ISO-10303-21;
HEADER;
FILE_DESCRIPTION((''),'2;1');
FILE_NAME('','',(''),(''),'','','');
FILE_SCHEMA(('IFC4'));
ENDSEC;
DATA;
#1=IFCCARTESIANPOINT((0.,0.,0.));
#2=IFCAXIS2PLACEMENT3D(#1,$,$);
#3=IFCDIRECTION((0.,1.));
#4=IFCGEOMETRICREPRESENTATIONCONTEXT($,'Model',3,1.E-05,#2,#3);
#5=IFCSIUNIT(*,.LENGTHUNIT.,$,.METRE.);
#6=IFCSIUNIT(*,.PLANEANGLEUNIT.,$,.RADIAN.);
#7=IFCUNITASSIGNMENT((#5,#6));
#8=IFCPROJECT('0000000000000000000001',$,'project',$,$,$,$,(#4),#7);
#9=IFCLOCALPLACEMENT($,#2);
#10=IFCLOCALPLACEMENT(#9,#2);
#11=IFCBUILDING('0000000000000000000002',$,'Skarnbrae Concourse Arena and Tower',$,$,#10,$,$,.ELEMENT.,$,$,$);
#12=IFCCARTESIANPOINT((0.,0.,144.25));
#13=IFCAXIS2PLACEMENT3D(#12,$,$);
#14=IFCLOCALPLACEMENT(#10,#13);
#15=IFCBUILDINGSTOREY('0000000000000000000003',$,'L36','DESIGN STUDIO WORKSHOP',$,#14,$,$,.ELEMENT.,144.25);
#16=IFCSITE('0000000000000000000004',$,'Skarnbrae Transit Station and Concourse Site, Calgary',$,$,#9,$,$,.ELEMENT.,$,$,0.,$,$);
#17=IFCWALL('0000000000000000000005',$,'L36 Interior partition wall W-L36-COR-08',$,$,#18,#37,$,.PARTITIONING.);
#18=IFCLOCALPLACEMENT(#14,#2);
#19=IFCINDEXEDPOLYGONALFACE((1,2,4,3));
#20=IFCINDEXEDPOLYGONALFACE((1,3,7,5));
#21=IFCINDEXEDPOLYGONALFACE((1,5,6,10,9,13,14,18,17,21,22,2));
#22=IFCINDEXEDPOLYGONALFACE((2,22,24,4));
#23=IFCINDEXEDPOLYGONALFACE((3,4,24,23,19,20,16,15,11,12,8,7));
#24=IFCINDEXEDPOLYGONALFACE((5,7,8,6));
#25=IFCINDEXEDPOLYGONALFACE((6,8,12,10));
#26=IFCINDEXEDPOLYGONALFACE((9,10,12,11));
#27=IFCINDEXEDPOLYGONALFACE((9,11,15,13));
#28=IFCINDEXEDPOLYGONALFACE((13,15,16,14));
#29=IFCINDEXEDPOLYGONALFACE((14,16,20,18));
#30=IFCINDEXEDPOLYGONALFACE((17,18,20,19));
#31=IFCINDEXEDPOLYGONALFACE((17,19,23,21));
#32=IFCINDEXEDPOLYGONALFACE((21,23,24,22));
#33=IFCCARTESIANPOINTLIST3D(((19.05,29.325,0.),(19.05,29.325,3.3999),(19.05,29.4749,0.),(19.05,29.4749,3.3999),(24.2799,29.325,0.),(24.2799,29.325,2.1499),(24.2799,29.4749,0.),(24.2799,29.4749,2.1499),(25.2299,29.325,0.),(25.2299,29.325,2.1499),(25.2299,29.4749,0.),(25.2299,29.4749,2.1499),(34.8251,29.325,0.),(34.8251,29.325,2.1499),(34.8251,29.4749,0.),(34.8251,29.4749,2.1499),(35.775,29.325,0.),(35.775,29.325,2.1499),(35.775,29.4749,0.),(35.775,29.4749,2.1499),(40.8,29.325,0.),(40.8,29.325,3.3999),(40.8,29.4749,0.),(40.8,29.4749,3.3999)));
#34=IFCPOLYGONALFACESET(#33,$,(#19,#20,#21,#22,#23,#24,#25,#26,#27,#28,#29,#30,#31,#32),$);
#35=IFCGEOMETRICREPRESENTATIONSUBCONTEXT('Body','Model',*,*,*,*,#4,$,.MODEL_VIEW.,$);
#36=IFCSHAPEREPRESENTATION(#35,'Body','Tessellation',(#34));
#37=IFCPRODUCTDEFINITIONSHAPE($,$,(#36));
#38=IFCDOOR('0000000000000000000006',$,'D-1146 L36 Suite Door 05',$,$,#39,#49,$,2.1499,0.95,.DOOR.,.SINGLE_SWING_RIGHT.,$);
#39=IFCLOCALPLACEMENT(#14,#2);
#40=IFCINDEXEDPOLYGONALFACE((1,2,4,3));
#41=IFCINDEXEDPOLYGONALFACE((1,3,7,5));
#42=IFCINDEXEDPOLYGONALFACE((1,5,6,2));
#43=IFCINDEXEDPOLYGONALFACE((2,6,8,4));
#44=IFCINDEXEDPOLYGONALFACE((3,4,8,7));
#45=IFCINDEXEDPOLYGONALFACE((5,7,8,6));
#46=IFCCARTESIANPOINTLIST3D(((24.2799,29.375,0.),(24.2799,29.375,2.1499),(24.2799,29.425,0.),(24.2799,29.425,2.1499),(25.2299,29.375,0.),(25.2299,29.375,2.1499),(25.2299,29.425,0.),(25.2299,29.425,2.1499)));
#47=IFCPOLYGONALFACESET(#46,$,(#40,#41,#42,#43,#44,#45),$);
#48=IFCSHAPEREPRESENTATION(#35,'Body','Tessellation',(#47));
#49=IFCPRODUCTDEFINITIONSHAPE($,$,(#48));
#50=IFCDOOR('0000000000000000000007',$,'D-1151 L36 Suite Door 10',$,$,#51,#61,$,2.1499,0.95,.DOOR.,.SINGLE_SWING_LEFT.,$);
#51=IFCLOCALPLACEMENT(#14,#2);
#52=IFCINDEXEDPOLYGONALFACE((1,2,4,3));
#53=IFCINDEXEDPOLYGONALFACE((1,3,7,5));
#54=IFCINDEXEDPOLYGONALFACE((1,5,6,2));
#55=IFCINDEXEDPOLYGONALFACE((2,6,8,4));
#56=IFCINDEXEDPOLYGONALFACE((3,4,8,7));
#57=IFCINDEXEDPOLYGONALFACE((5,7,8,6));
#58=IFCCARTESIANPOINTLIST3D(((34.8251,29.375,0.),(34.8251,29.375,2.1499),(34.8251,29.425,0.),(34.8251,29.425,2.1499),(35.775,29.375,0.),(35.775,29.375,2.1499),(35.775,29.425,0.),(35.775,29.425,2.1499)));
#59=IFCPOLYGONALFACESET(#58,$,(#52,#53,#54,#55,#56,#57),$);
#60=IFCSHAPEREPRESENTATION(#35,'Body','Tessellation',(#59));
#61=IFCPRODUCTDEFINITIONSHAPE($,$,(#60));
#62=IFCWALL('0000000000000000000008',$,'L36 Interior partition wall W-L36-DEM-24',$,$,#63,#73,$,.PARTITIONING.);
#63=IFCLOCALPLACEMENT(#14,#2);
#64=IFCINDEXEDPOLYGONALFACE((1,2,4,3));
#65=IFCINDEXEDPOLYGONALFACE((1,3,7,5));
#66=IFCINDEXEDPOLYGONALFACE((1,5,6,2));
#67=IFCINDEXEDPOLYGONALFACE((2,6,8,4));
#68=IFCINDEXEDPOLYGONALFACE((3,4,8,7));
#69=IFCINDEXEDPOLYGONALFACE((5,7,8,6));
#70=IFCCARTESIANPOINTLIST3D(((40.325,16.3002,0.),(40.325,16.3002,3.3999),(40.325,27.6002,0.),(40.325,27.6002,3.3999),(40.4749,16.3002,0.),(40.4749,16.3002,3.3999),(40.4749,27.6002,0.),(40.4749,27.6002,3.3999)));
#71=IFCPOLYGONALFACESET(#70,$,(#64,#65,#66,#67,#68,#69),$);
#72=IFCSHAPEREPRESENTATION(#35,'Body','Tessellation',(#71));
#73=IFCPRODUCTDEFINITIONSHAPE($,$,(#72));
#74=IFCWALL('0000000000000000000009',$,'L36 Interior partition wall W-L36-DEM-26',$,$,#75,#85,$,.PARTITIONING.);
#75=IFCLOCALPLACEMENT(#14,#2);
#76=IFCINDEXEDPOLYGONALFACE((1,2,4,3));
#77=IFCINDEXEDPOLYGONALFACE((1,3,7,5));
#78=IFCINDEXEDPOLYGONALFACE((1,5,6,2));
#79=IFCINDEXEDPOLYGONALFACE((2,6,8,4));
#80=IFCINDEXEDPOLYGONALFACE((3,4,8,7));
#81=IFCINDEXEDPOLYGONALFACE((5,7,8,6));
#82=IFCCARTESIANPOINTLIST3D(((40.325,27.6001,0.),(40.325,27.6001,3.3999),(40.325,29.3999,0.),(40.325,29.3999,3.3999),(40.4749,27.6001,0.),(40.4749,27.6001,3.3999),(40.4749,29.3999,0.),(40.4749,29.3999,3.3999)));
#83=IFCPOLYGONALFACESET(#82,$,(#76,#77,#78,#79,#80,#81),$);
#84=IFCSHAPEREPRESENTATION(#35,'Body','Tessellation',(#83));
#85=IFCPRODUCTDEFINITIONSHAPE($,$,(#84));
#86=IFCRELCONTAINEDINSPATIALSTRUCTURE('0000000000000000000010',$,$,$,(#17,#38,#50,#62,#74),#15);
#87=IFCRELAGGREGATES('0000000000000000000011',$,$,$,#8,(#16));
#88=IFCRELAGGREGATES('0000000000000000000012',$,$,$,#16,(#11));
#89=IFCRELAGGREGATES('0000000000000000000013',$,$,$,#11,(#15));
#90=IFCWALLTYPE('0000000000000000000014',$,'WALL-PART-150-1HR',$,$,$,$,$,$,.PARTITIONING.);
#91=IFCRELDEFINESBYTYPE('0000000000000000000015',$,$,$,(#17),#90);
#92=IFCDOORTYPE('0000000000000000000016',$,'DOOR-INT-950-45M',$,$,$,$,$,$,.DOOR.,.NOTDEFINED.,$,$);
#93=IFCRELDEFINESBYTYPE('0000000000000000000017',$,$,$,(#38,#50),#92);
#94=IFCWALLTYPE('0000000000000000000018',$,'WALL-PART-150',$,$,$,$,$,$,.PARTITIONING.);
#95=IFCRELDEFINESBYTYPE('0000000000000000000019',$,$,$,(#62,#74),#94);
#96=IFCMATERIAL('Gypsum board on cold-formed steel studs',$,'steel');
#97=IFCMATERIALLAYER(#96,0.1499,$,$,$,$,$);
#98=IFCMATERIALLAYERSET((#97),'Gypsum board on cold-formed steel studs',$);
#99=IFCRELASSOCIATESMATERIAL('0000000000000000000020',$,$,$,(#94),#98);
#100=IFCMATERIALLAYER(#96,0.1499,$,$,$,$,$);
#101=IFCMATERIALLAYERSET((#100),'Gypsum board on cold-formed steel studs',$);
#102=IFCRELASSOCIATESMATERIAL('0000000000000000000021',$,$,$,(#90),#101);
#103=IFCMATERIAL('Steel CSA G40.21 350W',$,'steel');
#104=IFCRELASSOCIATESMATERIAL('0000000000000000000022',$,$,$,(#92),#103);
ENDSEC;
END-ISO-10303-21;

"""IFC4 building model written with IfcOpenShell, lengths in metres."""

from ifc_helpers import new_model, si_unit, direction, frame, frame_2d, origin, place, context, subcontext, project, spatial, rectangle, extrude, source, transform, mapped, material, layer, layer_set, type_object, element, fill, save


model = new_model("IFC4")

# Units and contexts
model_context = context("Model", 3, precision=1e-05, world=origin(), true_north=direction((0.0, 1.0)))
body_context = subcontext(model_context, "Body", "Model", "MODEL_VIEW")
ifc_project = project(units=[si_unit("LENGTHUNIT", "METRE"), si_unit("PLANEANGLEUNIT", "RADIAN")], contexts=[model_context])

# Site, building, storey
site_placement = place(None, origin())
site = spatial("IfcSite", under=ifc_project, at=site_placement, Name="Skarnbrae Transit Station and Concourse Site, Calgary", CompositionType="ELEMENT", RefElevation=0.0)
building_placement = place(site_placement, origin())
building = spatial("IfcBuilding", under=site, at=building_placement, Name="Skarnbrae Concourse Arena and Tower", CompositionType="ELEMENT")
storey_placement = place(building_placement, frame((0.0, 0.0, 144.25)))
storey = spatial("IfcBuildingStorey", under=building, at=storey_placement, Name="L36", Description="DESIGN STUDIO WORKSHOP", CompositionType="ELEMENT", Elevation=144.25)

# Shared definitions
ifc_material_1 = material(Name="Steel CSA G40.21 350W", Category="steel")

# Shared definitions
ifc_material_2 = material(Name="Gypsum board on cold-formed steel studs", Category="steel")
ifc_layer_1 = layer(ifc_material_2, 0.1499)
ifc_layer_set_1 = layer_set([ifc_layer_1], Name="Gypsum board on cold-formed steel studs")
wall_type_1 = type_object("IfcWallType", Name="WALL-PART-150", PredefinedType="PARTITIONING", material=ifc_layer_set_1)

# Shared definitions
ifc_layer_2 = layer(ifc_material_2, 0.1499)
ifc_layer_set_2 = layer_set([ifc_layer_2], Name="Gypsum board on cold-formed steel studs")
wall_type_2 = type_object("IfcWallType", Name="WALL-PART-150-1HR", PredefinedType="PARTITIONING", material=ifc_layer_set_2)
door_type = type_object("IfcDoorType", Name="DOOR-INT-950-45M", OperationType="NOTDEFINED", PredefinedType="DOOR", material=ifc_material_1)
shared_shape_1 = source(origin(), body_context, "Body", "SweptSolid", [
    extrude(rectangle(XDim=0.95, YDim=2.1499, at=frame_2d((0.4751, 1.075))), frame((0.0, 0.0249, 0.0), z_axis=(0.0, -1.0, 0.0), x_axis=(1.0, 0.0, 0.0)), (0.0, 0.0, 1.0), 0.05),
])

# Wall, openings, doors
shared_shape_2 = source(origin(), body_context, "Body", "SweptSolid", [
    extrude(rectangle(XDim=21.75, YDim=0.1499, at=frame_2d((10.875, 0.0))), origin(), (0.0, 0.0, 1.0), 3.3999),
])
wall_1_placement = place(storey_placement, frame((40.8, 29.3999, 0.0), z_axis=(0.0, 0.0, 1.0), x_axis=(-1.0, 0.0, 0.0)))
wall_1 = element("IfcWall", 1, at=wall_1_placement, inside=storey, type_object=wall_type_2, Name="L36 Interior partition wall W-L36-COR-08", PredefinedType="PARTITIONING", context=body_context, shape_type="MappedRepresentation", body=[
    mapped(shared_shape_2, transform((0.0, 0.0, 0.0))),
])
opening_1_placement = place(wall_1_placement, frame((15.5701, 0.0, 0.0)))
opening_1 = element("IfcOpeningElement", 2, at=opening_1_placement, cuts=wall_1, PredefinedType="OPENING", context=body_context, shape_type="SweptSolid", body=[
    extrude(rectangle(XDim=0.95, YDim=2.1499, at=frame_2d((0.4751, 1.075))), frame((0.0, 0.085, 0.0), z_axis=(0.0, -1.0, 0.0), x_axis=(1.0, 0.0, 0.0)), (0.0, 0.0, 1.0), 0.1699),
])
opening_2_placement = place(wall_1_placement, frame((5.0249, 0.0, 0.0)))
opening_2 = element("IfcOpeningElement", 3, at=opening_2_placement, cuts=wall_1, PredefinedType="OPENING", context=body_context, shape_type="SweptSolid", body=[
    extrude(rectangle(XDim=0.95, YDim=2.1499, at=frame_2d((0.4751, 1.075))), frame((0.0, 0.085, 0.0), z_axis=(0.0, -1.0, 0.0), x_axis=(1.0, 0.0, 0.0)), (0.0, 0.0, 1.0), 0.1699),
])
door_1_placement = place(opening_1_placement, origin())
door_1 = element("IfcDoor", 4, at=door_1_placement, inside=storey, type_object=door_type, Name="D-1146 L36 Suite Door 05", OperationType="SINGLE_SWING_RIGHT", OverallHeight=2.1499, OverallWidth=0.95, PredefinedType="DOOR", context=body_context, shape_type="MappedRepresentation", body=[
    mapped(shared_shape_1, transform((0.0, 0.0, 0.0))),
])
fill(opening_1, door_1)
door_2_placement = place(opening_2_placement, origin())
door_2 = element("IfcDoor", 5, at=door_2_placement, inside=storey, type_object=door_type, Name="D-1151 L36 Suite Door 10", OperationType="SINGLE_SWING_LEFT", OverallHeight=2.1499, OverallWidth=0.95, PredefinedType="DOOR", context=body_context, shape_type="MappedRepresentation", body=[
    mapped(shared_shape_1, transform((0.0, 0.0, 0.0))),
])
fill(opening_2, door_2)

# Walls
shared_shape_3 = source(origin(), body_context, "Body", "SweptSolid", [
    extrude(rectangle(XDim=11.3, YDim=0.1499, at=frame_2d((5.6499, 0.0))), origin(), (0.0, 0.0, 1.0), 3.3999),
])
wall_2_placement = place(storey_placement, frame((40.3999, 27.6001, 0.0), z_axis=(0.0, 0.0, 1.0), x_axis=(0.0, -1.0, 0.0)))
element("IfcWall", 6, at=wall_2_placement, inside=storey, type_object=wall_type_1, Name="L36 Interior partition wall W-L36-DEM-24", PredefinedType="PARTITIONING", context=body_context, shape_type="MappedRepresentation", body=[
    mapped(shared_shape_3, transform((0.0, 0.0, 0.0))),
])
shared_shape_4 = source(origin(), body_context, "Body", "SweptSolid", [
    extrude(rectangle(XDim=1.7998, YDim=0.1499, at=frame_2d((0.8999, 0.0))), origin(), (0.0, 0.0, 1.0), 3.3999),
])
wall_3_placement = place(storey_placement, frame((40.3999, 29.3999, 0.0), z_axis=(0.0, 0.0, 1.0), x_axis=(0.0, -1.0, 0.0)))
element("IfcWall", 7, at=wall_3_placement, inside=storey, type_object=wall_type_1, Name="L36 Interior partition wall W-L36-DEM-26", PredefinedType="PARTITIONING", context=body_context, shape_type="MappedRepresentation", body=[
    mapped(shared_shape_4, transform((0.0, 0.0, 0.0))),
])

save(model, "model.ifc")
